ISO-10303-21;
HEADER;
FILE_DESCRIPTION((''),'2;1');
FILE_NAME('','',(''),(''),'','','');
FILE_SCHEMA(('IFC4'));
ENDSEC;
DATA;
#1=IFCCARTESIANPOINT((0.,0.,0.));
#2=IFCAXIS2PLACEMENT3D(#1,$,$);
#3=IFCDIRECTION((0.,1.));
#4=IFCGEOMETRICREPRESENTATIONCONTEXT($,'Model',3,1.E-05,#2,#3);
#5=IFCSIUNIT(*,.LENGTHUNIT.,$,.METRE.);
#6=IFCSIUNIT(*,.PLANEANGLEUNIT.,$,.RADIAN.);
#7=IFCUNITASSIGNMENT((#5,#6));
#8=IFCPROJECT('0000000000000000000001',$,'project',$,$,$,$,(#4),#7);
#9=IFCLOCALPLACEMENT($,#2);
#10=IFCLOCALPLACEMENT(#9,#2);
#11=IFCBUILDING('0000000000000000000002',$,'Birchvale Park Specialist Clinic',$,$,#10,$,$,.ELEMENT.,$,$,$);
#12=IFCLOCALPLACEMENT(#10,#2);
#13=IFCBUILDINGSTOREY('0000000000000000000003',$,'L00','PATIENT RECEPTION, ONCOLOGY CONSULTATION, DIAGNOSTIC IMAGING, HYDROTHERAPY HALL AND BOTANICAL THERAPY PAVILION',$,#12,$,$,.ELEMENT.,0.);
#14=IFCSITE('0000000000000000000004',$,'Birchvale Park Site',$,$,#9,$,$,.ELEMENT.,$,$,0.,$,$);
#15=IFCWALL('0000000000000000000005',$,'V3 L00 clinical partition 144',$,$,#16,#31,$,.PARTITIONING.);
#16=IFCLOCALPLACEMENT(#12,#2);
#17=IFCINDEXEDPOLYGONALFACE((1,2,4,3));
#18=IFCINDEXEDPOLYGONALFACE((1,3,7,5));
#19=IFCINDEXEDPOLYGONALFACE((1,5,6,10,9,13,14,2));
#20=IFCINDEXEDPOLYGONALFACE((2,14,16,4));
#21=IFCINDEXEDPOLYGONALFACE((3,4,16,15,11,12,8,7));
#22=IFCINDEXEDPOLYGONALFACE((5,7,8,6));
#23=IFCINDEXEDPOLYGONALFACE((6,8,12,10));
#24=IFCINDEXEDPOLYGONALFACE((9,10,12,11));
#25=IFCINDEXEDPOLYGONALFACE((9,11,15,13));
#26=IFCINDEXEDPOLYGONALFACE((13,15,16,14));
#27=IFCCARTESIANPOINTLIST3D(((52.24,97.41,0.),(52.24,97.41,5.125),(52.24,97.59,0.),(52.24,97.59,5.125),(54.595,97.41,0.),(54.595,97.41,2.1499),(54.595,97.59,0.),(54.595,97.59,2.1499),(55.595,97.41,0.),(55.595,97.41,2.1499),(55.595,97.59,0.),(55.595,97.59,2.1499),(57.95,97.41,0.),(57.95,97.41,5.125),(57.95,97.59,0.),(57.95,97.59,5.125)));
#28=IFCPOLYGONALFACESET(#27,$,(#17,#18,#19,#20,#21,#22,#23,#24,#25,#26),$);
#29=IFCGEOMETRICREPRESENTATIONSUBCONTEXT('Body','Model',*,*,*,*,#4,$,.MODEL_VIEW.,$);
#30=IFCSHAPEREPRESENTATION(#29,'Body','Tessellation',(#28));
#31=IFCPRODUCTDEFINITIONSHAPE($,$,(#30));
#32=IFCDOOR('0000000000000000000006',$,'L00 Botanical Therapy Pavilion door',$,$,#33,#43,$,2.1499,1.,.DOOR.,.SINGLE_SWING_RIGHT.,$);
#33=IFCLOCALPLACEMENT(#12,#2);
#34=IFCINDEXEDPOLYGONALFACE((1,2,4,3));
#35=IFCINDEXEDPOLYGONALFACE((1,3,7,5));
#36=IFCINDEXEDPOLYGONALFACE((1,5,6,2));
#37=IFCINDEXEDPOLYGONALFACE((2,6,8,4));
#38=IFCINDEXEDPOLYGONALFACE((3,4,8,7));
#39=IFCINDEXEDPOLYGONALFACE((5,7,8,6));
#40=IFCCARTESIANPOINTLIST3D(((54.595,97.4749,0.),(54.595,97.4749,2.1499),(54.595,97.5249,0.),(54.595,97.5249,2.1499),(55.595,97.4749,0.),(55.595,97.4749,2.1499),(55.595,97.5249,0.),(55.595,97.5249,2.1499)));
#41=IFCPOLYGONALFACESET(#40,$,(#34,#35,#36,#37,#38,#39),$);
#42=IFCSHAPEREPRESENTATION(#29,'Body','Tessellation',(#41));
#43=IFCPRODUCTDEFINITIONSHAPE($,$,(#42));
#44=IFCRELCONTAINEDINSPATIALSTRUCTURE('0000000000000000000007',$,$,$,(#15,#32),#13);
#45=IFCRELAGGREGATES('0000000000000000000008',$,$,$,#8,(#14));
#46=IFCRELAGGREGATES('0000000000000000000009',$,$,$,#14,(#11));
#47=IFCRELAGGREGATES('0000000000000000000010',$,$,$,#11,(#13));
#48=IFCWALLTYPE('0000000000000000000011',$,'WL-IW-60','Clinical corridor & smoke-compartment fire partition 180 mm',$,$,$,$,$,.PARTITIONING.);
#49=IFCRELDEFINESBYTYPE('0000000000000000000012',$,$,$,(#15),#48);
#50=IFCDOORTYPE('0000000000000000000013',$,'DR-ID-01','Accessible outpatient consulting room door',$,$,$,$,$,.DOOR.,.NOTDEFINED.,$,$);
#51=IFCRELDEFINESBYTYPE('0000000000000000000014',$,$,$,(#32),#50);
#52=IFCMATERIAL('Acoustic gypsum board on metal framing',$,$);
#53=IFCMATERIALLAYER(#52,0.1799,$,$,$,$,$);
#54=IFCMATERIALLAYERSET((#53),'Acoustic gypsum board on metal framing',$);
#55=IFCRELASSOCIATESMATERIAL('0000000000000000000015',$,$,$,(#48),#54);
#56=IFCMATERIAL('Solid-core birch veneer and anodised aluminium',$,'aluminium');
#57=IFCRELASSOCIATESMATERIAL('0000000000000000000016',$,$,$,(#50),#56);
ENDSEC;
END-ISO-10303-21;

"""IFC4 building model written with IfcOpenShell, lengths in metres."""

from ifc_helpers import new_model, si_unit, direction, frame, frame_2d, origin, place, context, subcontext, project, spatial, rectangle, extrude, material, layer, layer_set, type_object, element, fill, save


model = new_model("IFC4")

# Units and contexts
model_context = context("Model", 3, precision=1e-05, world=origin(), true_north=direction((0.0, 1.0)))
body_context = subcontext(model_context, "Body", "Model", "MODEL_VIEW")
ifc_project = project(units=[si_unit("LENGTHUNIT", "METRE"), si_unit("PLANEANGLEUNIT", "RADIAN")], contexts=[model_context])

# Site, building, storey
site_placement = place(None, origin())
site = spatial("IfcSite", under=ifc_project, at=site_placement, Name="Birchvale Park Site", CompositionType="ELEMENT", RefElevation=0.0)
building_placement = place(site_placement, origin())
building = spatial("IfcBuilding", under=site, at=building_placement, Name="Birchvale Park Specialist Clinic", CompositionType="ELEMENT")
storey_placement = place(building_placement, origin())
storey = spatial("IfcBuildingStorey", under=building, at=storey_placement, Name="L00", Description="PATIENT RECEPTION, ONCOLOGY CONSULTATION, DIAGNOSTIC IMAGING, HYDROTHERAPY HALL AND BOTANICAL THERAPY PAVILION", CompositionType="ELEMENT", Elevation=0.0)

# Wall, opening, door
ifc_material_1 = material(Name="Acoustic gypsum board on metal framing")
ifc_layer_1 = layer(ifc_material_1, 0.1799)
ifc_layer_set_1 = layer_set([ifc_layer_1], Name="Acoustic gypsum board on metal framing")
wall_type = type_object("IfcWallType", Name="WL-IW-60", Description="Clinical corridor & smoke-compartment fire partition 180 mm", PredefinedType="PARTITIONING", material=ifc_layer_set_1)
wall_placement = place(storey_placement, frame((52.24, 97.5, 0.0), z_axis=(0.0, 0.0, 1.0), x_axis=(1.0, 0.0, 0.0)))
wall = element("IfcWall", 1, at=wall_placement, inside=storey, type_object=wall_type, Name="V3 L00 clinical partition 144", PredefinedType="PARTITIONING", context=body_context, shape_type="SweptSolid", body=[
    extrude(rectangle(XDim=5.71, YDim=0.1799, at=frame_2d((2.855, 0.0))), origin(), (0.0, 0.0, 1.0), 5.125),
])
opening_placement = place(wall_placement, frame((2.355, 0.0, 0.0)))
opening = element("IfcOpeningElement", 2, at=opening_placement, cuts=wall, PredefinedType="OPENING", context=body_context, shape_type="SweptSolid", body=[
    extrude(rectangle(XDim=1.0, YDim=2.1499, at=frame_2d((0.5, 1.075))), frame((0.0, 0.1001, 0.0), z_axis=(0.0, -1.0, 0.0), x_axis=(1.0, 0.0, 0.0)), (0.0, 0.0, 1.0), 0.2),
])
ifc_material_2 = material(Name="Solid-core birch veneer and anodised aluminium", Category="aluminium")
door_type = type_object("IfcDoorType", Name="DR-ID-01", Description="Accessible outpatient consulting room door", OperationType="NOTDEFINED", PredefinedType="DOOR", material=ifc_material_2)
door_placement = place(opening_placement, origin())
door = element("IfcDoor", 3, at=door_placement, inside=storey, type_object=door_type, Name="L00 Botanical Therapy Pavilion door", OperationType="SINGLE_SWING_RIGHT", OverallHeight=2.1499, OverallWidth=1.0, PredefinedType="DOOR", context=body_context, shape_type="SweptSolid", body=[
    extrude(rectangle(XDim=1.0, YDim=2.1499, at=frame_2d((0.5, 1.075))), frame((0.0, 0.0249, 0.0), z_axis=(0.0, -1.0, 0.0), x_axis=(1.0, 0.0, 0.0)), (0.0, 0.0, 1.0), 0.05),
])
fill(opening, door)

save(model, "model.ifc")
